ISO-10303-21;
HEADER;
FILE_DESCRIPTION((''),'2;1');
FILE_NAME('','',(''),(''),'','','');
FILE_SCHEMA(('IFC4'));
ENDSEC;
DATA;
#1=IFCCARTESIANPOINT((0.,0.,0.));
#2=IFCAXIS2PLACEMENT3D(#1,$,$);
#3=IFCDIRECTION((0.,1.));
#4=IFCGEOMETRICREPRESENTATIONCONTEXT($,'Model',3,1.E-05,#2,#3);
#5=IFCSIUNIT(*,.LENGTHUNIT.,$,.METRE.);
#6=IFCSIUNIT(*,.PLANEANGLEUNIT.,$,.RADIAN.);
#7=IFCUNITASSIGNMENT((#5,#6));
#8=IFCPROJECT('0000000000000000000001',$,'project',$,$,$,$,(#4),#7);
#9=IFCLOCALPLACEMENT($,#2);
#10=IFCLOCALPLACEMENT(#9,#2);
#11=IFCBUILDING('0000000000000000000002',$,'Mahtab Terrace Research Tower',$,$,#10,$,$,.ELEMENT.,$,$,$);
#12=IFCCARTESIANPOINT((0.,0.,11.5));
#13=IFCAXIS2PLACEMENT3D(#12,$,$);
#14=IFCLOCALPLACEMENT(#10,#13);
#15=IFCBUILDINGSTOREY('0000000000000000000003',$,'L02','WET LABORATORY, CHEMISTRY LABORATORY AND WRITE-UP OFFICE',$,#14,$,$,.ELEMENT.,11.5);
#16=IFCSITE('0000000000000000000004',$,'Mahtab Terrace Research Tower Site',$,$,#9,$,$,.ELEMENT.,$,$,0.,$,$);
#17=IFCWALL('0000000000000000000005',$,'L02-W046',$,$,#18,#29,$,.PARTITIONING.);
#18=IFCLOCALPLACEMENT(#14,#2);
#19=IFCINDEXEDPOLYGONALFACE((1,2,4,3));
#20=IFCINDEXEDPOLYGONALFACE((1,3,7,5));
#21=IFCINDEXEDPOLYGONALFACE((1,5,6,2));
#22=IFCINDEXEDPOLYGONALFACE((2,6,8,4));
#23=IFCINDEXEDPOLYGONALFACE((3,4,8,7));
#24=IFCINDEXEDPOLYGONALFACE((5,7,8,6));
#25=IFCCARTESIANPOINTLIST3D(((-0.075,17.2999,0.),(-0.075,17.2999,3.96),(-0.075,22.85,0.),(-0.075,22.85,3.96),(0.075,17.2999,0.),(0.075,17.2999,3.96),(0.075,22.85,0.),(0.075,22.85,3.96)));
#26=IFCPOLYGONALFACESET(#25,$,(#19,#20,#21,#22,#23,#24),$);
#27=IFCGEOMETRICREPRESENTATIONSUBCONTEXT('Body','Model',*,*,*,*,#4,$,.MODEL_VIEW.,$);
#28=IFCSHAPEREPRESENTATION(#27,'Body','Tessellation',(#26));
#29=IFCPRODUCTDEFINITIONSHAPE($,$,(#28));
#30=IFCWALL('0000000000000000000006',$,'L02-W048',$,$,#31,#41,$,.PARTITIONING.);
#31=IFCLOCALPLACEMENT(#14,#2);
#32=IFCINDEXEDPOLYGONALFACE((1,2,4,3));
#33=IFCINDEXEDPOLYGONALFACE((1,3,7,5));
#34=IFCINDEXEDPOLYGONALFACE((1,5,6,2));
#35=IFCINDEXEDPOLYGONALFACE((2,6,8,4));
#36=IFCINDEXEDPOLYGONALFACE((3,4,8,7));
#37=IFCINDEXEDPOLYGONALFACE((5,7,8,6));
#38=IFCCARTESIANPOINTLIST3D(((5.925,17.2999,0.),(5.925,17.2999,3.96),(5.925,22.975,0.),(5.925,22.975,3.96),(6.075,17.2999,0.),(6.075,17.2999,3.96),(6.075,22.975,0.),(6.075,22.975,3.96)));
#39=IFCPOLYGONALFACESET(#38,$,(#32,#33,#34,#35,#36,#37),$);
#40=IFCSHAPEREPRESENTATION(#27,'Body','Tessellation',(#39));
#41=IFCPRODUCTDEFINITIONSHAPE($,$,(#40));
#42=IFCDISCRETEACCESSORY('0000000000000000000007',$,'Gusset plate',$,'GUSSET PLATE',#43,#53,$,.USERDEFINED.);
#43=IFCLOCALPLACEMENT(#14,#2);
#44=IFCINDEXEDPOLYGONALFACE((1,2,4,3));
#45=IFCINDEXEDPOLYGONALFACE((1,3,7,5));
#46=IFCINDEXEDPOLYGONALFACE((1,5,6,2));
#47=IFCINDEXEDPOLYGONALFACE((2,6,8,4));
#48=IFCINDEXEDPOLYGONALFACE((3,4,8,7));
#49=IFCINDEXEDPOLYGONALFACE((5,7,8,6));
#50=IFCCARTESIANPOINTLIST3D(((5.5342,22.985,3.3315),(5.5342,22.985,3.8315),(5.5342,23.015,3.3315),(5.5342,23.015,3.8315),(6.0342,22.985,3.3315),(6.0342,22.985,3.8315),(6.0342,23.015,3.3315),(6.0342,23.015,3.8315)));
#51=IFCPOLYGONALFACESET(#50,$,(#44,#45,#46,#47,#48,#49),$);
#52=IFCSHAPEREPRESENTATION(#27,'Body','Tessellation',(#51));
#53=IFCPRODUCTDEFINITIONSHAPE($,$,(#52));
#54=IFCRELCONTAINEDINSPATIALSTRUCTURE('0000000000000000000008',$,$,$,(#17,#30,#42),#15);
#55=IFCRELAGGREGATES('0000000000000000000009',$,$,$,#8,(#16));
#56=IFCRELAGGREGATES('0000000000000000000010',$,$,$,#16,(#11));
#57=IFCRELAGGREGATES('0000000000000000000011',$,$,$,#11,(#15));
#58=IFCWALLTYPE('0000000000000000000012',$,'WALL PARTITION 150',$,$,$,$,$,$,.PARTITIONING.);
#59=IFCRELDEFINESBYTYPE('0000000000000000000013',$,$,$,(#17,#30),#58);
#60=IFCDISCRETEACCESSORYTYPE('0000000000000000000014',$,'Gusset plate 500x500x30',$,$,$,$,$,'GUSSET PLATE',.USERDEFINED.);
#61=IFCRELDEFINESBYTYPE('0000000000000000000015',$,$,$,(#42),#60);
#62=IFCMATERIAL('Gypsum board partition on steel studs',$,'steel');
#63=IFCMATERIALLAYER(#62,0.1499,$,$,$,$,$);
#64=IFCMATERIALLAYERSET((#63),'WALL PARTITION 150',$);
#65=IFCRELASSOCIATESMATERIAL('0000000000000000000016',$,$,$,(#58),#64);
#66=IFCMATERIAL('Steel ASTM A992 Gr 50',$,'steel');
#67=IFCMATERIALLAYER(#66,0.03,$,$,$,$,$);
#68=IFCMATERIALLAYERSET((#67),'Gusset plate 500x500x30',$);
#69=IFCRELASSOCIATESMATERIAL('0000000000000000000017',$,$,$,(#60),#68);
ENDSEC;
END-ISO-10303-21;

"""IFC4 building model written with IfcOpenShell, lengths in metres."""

from ifc_helpers import new_model, si_unit, direction, frame, frame_2d, origin, origin_2d, place, context, subcontext, project, spatial, rectangle, extrude, material, layer, layer_set, type_object, element, save


model = new_model("IFC4")

# Units and contexts
model_context = context("Model", 3, precision=1e-05, world=origin(), true_north=direction((0.0, 1.0)))
body_context = subcontext(model_context, "Body", "Model", "MODEL_VIEW")
ifc_project = project(units=[si_unit("LENGTHUNIT", "METRE"), si_unit("PLANEANGLEUNIT", "RADIAN")], contexts=[model_context])

# Site, building, storey
site_placement = place(None, origin())
site = spatial("IfcSite", under=ifc_project, at=site_placement, Name="Mahtab Terrace Research Tower Site", CompositionType="ELEMENT", RefElevation=0.0)
building_placement = place(site_placement, origin())
building = spatial("IfcBuilding", under=site, at=building_placement, Name="Mahtab Terrace Research Tower", CompositionType="ELEMENT")
storey_placement = place(building_placement, frame((0.0, 0.0, 11.5)))
storey = spatial("IfcBuildingStorey", under=building, at=storey_placement, Name="L02", Description="WET LABORATORY, CHEMISTRY LABORATORY AND WRITE-UP OFFICE", CompositionType="ELEMENT", Elevation=11.5)

# Shared definitions
ifc_material_1 = material(Name="Steel ASTM A992 Gr 50", Category="steel")

# Walls
ifc_material_2 = material(Name="Gypsum board partition on steel studs", Category="steel")
ifc_layer_1 = layer(ifc_material_2, 0.1499)
ifc_layer_set_1 = layer_set([ifc_layer_1], Name="WALL PARTITION 150")
wall_type_1 = type_object("IfcWallType", Name="WALL PARTITION 150", PredefinedType="PARTITIONING", material=ifc_layer_set_1)
wall_1_placement = place(storey_placement, frame((0.0, 17.3, 0.0), z_axis=(0.0, 0.0, 1.0), x_axis=(0.0, 1.0, 0.0)))
element("IfcWall", 1, at=wall_1_placement, inside=storey, type_object=wall_type_1, Name="L02-W046", PredefinedType="PARTITIONING", context=body_context, shape_type="SweptSolid", body=[
    extrude(rectangle(XDim=5.55, YDim=0.1499, at=frame_2d((2.7749, 0.0))), origin(), (0.0, 0.0, 1.0), 3.96),
])
wall_2_placement = place(storey_placement, frame((6.0, 17.3, 0.0), z_axis=(0.0, 0.0, 1.0), x_axis=(0.0, 1.0, 0.0)))
element("IfcWall", 2, at=wall_2_placement, inside=storey, type_object=wall_type_1, Name="L02-W048", PredefinedType="PARTITIONING", context=body_context, shape_type="SweptSolid", body=[
    extrude(rectangle(XDim=5.675, YDim=0.1499, at=frame_2d((2.8374, 0.0))), origin(), (0.0, 0.0, 1.0), 3.96),
])

# Discrete accessory
ifc_layer_2 = layer(ifc_material_1, 0.03)
ifc_layer_set_2 = layer_set([ifc_layer_2], Name="Gusset plate 500x500x30")
discrete_accessory_type = type_object("IfcDiscreteAccessoryType", Name="Gusset plate 500x500x30", ElementType="GUSSET PLATE", PredefinedType="USERDEFINED", material=ifc_layer_set_2)
discrete_accessory_placement = place(storey_placement, frame((5.7842, 23.0, 3.3315), z_axis=(0.0, 0.0, 1.0), x_axis=(1.0, 0.0, 0.0)))
element("IfcDiscreteAccessory", 3, at=discrete_accessory_placement, inside=storey, type_object=discrete_accessory_type, Name="Gusset plate", ObjectType="GUSSET PLATE", PredefinedType="USERDEFINED", context=body_context, shape_type="SweptSolid", body=[
    extrude(rectangle(XDim=0.5, YDim=0.03, at=origin_2d()), origin(), (0.0, 0.0, 1.0), 0.5),
])

save(model, "model.ifc")
